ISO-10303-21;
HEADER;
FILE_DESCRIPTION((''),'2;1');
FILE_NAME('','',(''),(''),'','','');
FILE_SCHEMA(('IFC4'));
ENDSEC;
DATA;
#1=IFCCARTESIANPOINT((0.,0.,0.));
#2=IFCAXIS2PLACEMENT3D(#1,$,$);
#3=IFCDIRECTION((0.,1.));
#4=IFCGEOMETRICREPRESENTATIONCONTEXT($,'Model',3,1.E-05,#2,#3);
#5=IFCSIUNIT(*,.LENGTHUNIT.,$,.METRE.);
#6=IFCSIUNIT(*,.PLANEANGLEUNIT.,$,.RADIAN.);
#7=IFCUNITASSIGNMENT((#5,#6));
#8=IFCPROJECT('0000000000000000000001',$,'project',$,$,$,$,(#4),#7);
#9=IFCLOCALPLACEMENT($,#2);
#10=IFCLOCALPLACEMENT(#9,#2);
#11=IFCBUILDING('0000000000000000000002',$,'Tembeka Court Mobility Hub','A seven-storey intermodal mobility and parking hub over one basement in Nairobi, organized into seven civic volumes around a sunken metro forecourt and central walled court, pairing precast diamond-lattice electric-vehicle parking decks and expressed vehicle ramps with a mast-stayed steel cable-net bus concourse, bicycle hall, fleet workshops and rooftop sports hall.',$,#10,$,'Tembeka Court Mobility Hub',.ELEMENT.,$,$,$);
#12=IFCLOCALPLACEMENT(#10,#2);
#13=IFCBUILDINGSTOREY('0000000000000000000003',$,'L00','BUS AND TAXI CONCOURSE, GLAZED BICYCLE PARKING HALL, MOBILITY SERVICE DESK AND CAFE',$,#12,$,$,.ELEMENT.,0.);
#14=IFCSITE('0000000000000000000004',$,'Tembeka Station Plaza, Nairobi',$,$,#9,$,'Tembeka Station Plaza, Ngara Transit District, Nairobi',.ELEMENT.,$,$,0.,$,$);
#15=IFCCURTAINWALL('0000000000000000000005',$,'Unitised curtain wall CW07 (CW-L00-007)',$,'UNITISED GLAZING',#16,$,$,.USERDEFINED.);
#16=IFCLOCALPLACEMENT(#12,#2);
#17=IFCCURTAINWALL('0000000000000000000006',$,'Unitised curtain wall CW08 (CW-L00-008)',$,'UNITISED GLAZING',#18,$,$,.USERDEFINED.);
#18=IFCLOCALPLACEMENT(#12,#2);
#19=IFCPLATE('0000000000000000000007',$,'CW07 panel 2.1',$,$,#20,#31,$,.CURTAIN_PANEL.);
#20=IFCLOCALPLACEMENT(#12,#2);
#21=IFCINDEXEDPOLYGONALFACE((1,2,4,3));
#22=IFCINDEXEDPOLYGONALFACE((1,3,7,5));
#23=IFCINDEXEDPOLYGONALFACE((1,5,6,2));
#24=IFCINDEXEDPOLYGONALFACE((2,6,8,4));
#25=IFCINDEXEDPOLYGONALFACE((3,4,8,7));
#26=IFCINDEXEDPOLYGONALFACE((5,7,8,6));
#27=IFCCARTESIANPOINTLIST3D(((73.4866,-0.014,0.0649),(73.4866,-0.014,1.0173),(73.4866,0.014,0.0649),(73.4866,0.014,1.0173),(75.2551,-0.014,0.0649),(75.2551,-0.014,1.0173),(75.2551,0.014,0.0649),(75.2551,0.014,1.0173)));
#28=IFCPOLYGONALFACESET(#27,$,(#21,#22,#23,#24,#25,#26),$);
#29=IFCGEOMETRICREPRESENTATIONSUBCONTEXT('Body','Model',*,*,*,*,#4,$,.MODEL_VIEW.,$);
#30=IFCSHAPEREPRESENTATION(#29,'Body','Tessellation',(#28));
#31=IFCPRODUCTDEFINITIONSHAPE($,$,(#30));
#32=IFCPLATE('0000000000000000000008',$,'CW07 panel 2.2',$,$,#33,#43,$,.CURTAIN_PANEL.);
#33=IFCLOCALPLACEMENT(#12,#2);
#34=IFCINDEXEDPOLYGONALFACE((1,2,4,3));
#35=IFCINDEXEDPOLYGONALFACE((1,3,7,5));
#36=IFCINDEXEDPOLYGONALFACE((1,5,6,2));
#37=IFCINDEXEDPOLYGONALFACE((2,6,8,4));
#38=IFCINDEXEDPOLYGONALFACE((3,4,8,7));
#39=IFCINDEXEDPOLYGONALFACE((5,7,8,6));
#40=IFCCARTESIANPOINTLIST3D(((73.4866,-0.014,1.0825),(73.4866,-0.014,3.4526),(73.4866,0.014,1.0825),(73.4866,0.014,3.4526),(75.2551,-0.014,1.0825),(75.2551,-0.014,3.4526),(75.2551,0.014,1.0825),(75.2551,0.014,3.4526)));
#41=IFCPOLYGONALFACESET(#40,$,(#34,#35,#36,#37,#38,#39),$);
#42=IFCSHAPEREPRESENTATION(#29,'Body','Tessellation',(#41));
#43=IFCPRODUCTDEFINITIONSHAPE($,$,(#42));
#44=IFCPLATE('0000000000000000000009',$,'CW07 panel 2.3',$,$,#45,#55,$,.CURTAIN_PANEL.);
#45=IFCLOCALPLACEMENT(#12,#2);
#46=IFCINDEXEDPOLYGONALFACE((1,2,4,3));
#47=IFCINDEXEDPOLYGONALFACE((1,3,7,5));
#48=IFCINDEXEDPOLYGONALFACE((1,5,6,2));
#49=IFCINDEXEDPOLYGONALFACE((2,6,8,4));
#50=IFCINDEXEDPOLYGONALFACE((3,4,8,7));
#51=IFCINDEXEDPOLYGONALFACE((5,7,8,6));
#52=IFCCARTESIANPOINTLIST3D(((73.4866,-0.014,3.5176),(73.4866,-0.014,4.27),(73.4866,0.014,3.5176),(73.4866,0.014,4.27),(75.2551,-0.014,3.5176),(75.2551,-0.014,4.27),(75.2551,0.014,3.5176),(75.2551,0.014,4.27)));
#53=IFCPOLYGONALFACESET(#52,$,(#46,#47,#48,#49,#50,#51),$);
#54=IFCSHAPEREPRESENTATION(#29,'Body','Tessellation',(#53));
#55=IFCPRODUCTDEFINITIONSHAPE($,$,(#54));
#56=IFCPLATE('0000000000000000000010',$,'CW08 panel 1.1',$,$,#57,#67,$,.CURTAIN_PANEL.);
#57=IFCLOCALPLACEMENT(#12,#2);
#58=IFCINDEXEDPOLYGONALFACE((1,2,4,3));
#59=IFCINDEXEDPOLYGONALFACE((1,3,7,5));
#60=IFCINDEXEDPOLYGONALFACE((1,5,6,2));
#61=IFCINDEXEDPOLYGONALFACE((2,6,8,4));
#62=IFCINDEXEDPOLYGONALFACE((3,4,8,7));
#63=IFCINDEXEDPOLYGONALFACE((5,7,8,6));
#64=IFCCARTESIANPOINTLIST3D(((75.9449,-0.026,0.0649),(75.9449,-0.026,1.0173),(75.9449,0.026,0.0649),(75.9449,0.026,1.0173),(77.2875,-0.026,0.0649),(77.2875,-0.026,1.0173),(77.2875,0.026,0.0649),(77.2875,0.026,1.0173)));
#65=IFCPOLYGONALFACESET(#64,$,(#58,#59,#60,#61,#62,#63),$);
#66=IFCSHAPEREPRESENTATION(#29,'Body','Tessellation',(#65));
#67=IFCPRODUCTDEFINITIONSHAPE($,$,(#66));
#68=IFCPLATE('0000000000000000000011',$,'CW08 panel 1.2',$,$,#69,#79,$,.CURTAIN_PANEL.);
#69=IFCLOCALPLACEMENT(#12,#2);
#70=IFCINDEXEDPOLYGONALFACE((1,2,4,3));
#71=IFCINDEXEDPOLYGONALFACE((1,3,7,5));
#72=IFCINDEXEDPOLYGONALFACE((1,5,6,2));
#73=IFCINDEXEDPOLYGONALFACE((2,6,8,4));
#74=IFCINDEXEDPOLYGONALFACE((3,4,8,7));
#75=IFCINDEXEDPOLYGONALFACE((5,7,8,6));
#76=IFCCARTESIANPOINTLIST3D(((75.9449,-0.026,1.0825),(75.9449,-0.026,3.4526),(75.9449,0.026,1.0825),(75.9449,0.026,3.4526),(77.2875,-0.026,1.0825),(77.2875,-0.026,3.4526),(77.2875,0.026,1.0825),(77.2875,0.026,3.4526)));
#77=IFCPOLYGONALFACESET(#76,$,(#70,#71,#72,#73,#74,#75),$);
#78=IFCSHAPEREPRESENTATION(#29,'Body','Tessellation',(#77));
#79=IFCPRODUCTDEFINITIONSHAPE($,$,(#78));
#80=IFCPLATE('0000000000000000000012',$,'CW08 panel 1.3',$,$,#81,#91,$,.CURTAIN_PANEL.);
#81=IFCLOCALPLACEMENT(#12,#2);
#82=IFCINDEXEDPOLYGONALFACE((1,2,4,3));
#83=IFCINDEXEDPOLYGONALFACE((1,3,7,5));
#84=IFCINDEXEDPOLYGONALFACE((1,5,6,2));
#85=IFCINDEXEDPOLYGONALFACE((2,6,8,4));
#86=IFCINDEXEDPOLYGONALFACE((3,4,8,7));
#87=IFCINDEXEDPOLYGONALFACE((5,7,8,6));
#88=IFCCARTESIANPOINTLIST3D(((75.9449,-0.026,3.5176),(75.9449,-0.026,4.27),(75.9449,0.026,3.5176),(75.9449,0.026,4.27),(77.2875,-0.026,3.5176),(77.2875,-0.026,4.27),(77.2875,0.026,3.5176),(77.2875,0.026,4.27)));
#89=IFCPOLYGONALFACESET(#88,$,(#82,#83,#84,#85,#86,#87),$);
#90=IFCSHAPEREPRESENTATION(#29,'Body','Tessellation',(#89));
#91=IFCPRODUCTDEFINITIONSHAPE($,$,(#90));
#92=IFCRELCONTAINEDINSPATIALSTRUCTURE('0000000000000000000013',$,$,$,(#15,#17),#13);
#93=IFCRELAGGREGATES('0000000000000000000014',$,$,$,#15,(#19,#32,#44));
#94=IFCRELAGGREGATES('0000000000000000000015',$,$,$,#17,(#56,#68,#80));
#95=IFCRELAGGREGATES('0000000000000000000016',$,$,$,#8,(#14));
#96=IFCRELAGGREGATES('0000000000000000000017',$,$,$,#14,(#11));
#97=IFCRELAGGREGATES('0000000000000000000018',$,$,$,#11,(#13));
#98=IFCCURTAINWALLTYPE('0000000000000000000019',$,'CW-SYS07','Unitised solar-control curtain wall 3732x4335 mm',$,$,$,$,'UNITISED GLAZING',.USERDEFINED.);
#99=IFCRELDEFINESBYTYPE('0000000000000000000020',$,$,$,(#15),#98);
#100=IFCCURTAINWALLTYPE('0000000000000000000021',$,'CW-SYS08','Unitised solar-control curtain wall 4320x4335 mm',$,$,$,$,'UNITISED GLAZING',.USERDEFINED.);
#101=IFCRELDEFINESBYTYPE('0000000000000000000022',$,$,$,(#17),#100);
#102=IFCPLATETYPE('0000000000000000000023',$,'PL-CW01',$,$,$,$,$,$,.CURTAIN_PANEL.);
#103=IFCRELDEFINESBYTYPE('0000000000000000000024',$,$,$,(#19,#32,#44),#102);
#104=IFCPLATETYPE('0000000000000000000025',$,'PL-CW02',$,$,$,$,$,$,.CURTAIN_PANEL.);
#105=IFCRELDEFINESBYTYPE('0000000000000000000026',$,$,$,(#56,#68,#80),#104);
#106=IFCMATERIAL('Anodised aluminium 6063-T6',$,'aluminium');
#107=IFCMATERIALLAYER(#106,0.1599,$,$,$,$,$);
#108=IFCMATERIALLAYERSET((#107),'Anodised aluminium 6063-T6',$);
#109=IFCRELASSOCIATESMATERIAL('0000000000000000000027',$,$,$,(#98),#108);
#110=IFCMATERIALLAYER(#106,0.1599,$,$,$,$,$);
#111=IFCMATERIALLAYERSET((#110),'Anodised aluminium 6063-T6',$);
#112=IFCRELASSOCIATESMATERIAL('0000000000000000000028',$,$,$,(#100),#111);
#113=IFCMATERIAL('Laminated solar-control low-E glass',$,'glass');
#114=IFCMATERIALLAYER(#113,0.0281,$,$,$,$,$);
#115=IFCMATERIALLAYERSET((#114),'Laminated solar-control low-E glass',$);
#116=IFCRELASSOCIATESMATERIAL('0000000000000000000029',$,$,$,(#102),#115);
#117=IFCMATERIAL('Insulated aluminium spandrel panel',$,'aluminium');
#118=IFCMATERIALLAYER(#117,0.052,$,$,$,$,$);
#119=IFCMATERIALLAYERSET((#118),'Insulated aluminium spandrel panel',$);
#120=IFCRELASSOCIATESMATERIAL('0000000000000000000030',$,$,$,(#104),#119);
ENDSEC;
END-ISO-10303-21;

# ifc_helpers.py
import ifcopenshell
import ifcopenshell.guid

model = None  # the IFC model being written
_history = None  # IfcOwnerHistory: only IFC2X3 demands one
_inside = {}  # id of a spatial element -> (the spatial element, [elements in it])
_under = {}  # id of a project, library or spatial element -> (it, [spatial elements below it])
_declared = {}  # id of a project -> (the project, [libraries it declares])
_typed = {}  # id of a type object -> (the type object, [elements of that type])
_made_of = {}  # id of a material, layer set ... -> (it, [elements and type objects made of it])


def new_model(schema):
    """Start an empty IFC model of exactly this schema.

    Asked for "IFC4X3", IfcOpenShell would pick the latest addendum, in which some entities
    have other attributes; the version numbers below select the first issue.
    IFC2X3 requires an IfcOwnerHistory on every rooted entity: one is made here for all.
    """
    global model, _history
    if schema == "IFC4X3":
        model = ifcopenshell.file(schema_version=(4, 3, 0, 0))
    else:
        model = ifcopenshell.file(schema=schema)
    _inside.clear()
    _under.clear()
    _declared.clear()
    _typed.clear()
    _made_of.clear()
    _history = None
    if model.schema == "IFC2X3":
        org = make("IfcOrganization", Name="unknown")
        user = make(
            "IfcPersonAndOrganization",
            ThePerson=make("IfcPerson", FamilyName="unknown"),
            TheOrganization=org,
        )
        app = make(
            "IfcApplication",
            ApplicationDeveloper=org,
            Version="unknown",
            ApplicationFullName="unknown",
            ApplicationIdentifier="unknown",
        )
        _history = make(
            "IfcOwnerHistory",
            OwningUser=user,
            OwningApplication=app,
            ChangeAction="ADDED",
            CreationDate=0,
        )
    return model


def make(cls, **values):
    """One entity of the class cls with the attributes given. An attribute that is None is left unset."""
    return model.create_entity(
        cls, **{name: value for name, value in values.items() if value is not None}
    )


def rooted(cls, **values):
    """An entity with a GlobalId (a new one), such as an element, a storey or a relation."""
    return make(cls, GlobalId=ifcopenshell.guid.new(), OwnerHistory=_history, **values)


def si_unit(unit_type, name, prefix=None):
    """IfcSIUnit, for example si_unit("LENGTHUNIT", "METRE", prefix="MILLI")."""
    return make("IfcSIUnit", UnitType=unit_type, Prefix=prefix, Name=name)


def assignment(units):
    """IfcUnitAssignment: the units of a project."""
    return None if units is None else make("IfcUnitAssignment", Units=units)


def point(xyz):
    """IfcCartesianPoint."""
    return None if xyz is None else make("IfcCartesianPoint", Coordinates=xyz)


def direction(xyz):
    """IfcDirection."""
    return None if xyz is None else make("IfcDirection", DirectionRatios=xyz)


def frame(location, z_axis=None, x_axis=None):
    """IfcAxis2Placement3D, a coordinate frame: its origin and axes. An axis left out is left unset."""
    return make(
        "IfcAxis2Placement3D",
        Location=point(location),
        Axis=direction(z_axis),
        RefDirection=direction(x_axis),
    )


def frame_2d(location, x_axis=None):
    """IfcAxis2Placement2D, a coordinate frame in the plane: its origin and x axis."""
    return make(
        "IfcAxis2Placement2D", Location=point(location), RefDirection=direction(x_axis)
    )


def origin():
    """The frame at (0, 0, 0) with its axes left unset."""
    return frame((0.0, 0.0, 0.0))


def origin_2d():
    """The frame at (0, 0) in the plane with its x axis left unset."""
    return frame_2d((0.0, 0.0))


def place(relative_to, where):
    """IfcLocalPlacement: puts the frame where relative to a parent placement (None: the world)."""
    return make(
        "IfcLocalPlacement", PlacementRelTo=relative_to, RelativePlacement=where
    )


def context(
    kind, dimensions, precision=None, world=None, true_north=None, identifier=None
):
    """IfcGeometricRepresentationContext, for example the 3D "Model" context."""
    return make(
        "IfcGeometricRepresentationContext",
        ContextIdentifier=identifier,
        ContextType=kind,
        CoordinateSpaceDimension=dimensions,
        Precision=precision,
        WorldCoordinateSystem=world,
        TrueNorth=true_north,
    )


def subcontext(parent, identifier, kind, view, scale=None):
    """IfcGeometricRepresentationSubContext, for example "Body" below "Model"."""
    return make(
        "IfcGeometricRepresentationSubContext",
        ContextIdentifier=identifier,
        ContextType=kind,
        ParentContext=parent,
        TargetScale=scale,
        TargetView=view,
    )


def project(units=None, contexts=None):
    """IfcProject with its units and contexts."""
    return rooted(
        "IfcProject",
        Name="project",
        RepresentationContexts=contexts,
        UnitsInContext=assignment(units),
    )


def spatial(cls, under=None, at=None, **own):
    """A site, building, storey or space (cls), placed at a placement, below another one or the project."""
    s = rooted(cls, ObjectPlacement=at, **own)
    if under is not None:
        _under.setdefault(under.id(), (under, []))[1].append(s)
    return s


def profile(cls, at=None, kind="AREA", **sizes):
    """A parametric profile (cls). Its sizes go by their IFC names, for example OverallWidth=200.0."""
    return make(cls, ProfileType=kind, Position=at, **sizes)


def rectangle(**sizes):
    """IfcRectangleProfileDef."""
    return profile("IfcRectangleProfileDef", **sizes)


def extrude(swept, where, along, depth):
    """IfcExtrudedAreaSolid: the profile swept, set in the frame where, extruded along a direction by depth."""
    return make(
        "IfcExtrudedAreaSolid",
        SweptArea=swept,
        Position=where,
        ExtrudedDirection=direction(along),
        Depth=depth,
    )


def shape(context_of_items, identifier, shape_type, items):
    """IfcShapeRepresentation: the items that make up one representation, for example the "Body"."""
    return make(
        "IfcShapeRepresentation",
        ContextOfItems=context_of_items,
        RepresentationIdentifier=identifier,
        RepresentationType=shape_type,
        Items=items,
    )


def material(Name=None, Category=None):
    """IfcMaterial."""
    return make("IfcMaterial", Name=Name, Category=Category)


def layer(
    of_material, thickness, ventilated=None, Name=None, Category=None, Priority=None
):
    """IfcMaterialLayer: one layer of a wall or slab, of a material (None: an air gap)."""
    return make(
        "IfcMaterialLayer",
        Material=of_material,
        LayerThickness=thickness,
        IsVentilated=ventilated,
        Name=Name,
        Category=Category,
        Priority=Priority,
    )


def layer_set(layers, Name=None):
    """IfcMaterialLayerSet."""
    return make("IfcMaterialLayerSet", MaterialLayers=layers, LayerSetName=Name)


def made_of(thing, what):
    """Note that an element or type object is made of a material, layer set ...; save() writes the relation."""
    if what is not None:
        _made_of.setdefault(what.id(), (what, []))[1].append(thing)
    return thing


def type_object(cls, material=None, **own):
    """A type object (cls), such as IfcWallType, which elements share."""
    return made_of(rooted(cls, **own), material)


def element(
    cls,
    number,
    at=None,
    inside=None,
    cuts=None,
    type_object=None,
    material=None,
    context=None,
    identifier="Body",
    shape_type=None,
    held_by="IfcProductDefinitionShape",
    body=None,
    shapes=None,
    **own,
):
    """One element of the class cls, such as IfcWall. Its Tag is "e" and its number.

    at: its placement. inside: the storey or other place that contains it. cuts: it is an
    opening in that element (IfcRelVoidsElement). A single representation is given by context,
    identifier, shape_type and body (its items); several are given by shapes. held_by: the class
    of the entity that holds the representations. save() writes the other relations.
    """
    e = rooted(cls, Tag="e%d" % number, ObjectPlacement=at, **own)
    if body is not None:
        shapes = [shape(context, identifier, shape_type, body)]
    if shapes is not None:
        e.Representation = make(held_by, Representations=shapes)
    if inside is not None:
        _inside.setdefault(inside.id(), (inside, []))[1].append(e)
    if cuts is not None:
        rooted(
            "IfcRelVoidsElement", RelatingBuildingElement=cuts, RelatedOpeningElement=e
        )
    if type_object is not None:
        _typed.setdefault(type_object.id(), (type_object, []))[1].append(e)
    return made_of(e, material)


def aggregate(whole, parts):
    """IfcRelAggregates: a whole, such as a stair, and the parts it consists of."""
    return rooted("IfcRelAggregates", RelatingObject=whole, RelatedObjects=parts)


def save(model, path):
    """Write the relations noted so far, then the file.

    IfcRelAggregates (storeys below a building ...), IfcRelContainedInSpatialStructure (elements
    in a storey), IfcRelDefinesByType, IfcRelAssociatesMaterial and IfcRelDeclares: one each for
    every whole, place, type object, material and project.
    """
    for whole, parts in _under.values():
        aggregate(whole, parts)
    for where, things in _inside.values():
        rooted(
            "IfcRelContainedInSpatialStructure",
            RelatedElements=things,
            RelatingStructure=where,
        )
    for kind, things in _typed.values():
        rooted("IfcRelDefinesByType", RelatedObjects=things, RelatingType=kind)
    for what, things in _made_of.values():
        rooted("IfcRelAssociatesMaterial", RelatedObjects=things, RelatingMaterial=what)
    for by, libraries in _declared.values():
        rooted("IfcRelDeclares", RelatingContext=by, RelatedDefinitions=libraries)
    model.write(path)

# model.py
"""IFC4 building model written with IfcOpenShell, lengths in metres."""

from ifc_helpers import new_model, si_unit, direction, frame, origin, origin_2d, place, context, subcontext, project, spatial, rectangle, extrude, material, layer, layer_set, type_object, element, aggregate, save


model = new_model("IFC4")

# Units and contexts
model_context = context("Model", 3, precision=1e-05, world=origin(), true_north=direction((0.0, 1.0)))
body_context = subcontext(model_context, "Body", "Model", "MODEL_VIEW")
ifc_project = project(units=[si_unit("LENGTHUNIT", "METRE"), si_unit("PLANEANGLEUNIT", "RADIAN")], contexts=[model_context])

# Site, building, storey
site_placement = place(None, origin())
site = spatial("IfcSite", under=ifc_project, at=site_placement, Name="Tembeka Station Plaza, Nairobi", LongName="Tembeka Station Plaza, Ngara Transit District, Nairobi", CompositionType="ELEMENT", RefElevation=0.0)
building_placement = place(site_placement, origin())
building = spatial("IfcBuilding", under=site, at=building_placement, Name="Tembeka Court Mobility Hub", Description="A seven-storey intermodal mobility and parking hub over one basement in Nairobi, organized into seven civic volumes around a sunken metro forecourt and central walled court, pairing precast diamond-lattice electric-vehicle parking decks and expressed vehicle ramps with a mast-stayed steel cable-net bus concourse, bicycle hall, fleet workshops and rooftop sports hall.", LongName="Tembeka Court Mobility Hub", CompositionType="ELEMENT")
storey_placement = place(building_placement, origin())
storey = spatial("IfcBuildingStorey", under=building, at=storey_placement, Name="L00", Description="BUS AND TAXI CONCOURSE, GLAZED BICYCLE PARKING HALL, MOBILITY SERVICE DESK AND CAFE", CompositionType="ELEMENT", Elevation=0.0)

# Shared definitions
ifc_material_1 = material(Name="Anodised aluminium 6063-T6", Category="aluminium")

# Curtain walls
ifc_layer_1 = layer(ifc_material_1, 0.1599)
ifc_layer_set_1 = layer_set([ifc_layer_1], Name="Anodised aluminium 6063-T6")
curtain_wall_type_1 = type_object("IfcCurtainWallType", Name="CW-SYS07", Description="Unitised solar-control curtain wall 3732x4335 mm", ElementType="UNITISED GLAZING", PredefinedType="USERDEFINED", material=ifc_layer_set_1)
curtain_wall_1_placement = place(storey_placement, origin())
curtain_wall_1 = element("IfcCurtainWall", 1, at=curtain_wall_1_placement, inside=storey, type_object=curtain_wall_type_1, Name="Unitised curtain wall CW07 (CW-L00-007)", ObjectType="UNITISED GLAZING", PredefinedType="USERDEFINED")
ifc_layer_2 = layer(ifc_material_1, 0.1599)
ifc_layer_set_2 = layer_set([ifc_layer_2], Name="Anodised aluminium 6063-T6")
curtain_wall_type_2 = type_object("IfcCurtainWallType", Name="CW-SYS08", Description="Unitised solar-control curtain wall 4320x4335 mm", ElementType="UNITISED GLAZING", PredefinedType="USERDEFINED", material=ifc_layer_set_2)
curtain_wall_2_placement = place(storey_placement, origin())
curtain_wall_2 = element("IfcCurtainWall", 2, at=curtain_wall_2_placement, inside=storey, type_object=curtain_wall_type_2, Name="Unitised curtain wall CW08 (CW-L00-008)", ObjectType="UNITISED GLAZING", PredefinedType="USERDEFINED")

# Plates
ifc_material_2 = material(Name="Laminated solar-control low-E glass", Category="glass")
ifc_layer_3 = layer(ifc_material_2, 0.0281)
ifc_layer_set_3 = layer_set([ifc_layer_3], Name="Laminated solar-control low-E glass")
plate_type_1 = type_object("IfcPlateType", Name="PL-CW01", PredefinedType="CURTAIN_PANEL", material=ifc_layer_set_3)
plate_1_placement = place(storey_placement, frame((74.3708, 0.0, 0.0649), z_axis=(0.0, 0.0, 1.0), x_axis=(1.0, 0.0, 0.0)))
plate_1 = element("IfcPlate", 3, at=plate_1_placement, type_object=plate_type_1, Name="CW07 panel 2.1", PredefinedType="CURTAIN_PANEL", context=body_context, shape_type="SweptSolid", body=[
    extrude(rectangle(XDim=1.7686, YDim=0.0281, at=origin_2d()), origin(), (0.0, 0.0, 1.0), 0.9524),
])
plate_2_placement = place(storey_placement, frame((74.3708, 0.0, 1.0825), z_axis=(0.0, 0.0, 1.0), x_axis=(1.0, 0.0, 0.0)))
plate_2 = element("IfcPlate", 4, at=plate_2_placement, type_object=plate_type_1, Name="CW07 panel 2.2", PredefinedType="CURTAIN_PANEL", context=body_context, shape_type="SweptSolid", body=[
    extrude(rectangle(XDim=1.7686, YDim=0.0281, at=origin_2d()), origin(), (0.0, 0.0, 1.0), 2.3701),
])
plate_3_placement = place(storey_placement, frame((74.3708, 0.0, 3.5176), z_axis=(0.0, 0.0, 1.0), x_axis=(1.0, 0.0, 0.0)))
plate_3 = element("IfcPlate", 5, at=plate_3_placement, type_object=plate_type_1, Name="CW07 panel 2.3", PredefinedType="CURTAIN_PANEL", context=body_context, shape_type="SweptSolid", body=[
    extrude(rectangle(XDim=1.7686, YDim=0.0281, at=origin_2d()), origin(), (0.0, 0.0, 1.0), 0.7524),
])
aggregate(curtain_wall_1, [plate_1, plate_2, plate_3])
ifc_material_3 = material(Name="Insulated aluminium spandrel panel", Category="aluminium")
ifc_layer_4 = layer(ifc_material_3, 0.052)
ifc_layer_set_4 = layer_set([ifc_layer_4], Name="Insulated aluminium spandrel panel")
plate_type_2 = type_object("IfcPlateType", Name="PL-CW02", PredefinedType="CURTAIN_PANEL", material=ifc_layer_set_4)
plate_4_placement = place(storey_placement, frame((76.6162, 0.0, 0.0649), z_axis=(0.0, 0.0, 1.0), x_axis=(1.0, 0.0, 0.0)))
plate_4 = element("IfcPlate", 6, at=plate_4_placement, type_object=plate_type_2, Name="CW08 panel 1.1", PredefinedType="CURTAIN_PANEL", context=body_context, shape_type="SweptSolid", body=[
    extrude(rectangle(XDim=1.3425, YDim=0.052, at=origin_2d()), origin(), (0.0, 0.0, 1.0), 0.9524),
])
plate_5_placement = place(storey_placement, frame((76.6162, 0.0, 1.0825), z_axis=(0.0, 0.0, 1.0), x_axis=(1.0, 0.0, 0.0)))
plate_5 = element("IfcPlate", 7, at=plate_5_placement, type_object=plate_type_2, Name="CW08 panel 1.2", PredefinedType="CURTAIN_PANEL", context=body_context, shape_type="SweptSolid", body=[
    extrude(rectangle(XDim=1.3425, YDim=0.052, at=origin_2d()), origin(), (0.0, 0.0, 1.0), 2.3701),
])
plate_6_placement = place(storey_placement, frame((76.6162, 0.0, 3.5176), z_axis=(0.0, 0.0, 1.0), x_axis=(1.0, 0.0, 0.0)))
plate_6 = element("IfcPlate", 8, at=plate_6_placement, type_object=plate_type_2, Name="CW08 panel 1.3", PredefinedType="CURTAIN_PANEL", context=body_context, shape_type="SweptSolid", body=[
    extrude(rectangle(XDim=1.3425, YDim=0.052, at=origin_2d()), origin(), (0.0, 0.0, 1.0), 0.7524),
])
aggregate(curtain_wall_2, [plate_4, plate_5, plate_6])

save(model, "model.ifc")
